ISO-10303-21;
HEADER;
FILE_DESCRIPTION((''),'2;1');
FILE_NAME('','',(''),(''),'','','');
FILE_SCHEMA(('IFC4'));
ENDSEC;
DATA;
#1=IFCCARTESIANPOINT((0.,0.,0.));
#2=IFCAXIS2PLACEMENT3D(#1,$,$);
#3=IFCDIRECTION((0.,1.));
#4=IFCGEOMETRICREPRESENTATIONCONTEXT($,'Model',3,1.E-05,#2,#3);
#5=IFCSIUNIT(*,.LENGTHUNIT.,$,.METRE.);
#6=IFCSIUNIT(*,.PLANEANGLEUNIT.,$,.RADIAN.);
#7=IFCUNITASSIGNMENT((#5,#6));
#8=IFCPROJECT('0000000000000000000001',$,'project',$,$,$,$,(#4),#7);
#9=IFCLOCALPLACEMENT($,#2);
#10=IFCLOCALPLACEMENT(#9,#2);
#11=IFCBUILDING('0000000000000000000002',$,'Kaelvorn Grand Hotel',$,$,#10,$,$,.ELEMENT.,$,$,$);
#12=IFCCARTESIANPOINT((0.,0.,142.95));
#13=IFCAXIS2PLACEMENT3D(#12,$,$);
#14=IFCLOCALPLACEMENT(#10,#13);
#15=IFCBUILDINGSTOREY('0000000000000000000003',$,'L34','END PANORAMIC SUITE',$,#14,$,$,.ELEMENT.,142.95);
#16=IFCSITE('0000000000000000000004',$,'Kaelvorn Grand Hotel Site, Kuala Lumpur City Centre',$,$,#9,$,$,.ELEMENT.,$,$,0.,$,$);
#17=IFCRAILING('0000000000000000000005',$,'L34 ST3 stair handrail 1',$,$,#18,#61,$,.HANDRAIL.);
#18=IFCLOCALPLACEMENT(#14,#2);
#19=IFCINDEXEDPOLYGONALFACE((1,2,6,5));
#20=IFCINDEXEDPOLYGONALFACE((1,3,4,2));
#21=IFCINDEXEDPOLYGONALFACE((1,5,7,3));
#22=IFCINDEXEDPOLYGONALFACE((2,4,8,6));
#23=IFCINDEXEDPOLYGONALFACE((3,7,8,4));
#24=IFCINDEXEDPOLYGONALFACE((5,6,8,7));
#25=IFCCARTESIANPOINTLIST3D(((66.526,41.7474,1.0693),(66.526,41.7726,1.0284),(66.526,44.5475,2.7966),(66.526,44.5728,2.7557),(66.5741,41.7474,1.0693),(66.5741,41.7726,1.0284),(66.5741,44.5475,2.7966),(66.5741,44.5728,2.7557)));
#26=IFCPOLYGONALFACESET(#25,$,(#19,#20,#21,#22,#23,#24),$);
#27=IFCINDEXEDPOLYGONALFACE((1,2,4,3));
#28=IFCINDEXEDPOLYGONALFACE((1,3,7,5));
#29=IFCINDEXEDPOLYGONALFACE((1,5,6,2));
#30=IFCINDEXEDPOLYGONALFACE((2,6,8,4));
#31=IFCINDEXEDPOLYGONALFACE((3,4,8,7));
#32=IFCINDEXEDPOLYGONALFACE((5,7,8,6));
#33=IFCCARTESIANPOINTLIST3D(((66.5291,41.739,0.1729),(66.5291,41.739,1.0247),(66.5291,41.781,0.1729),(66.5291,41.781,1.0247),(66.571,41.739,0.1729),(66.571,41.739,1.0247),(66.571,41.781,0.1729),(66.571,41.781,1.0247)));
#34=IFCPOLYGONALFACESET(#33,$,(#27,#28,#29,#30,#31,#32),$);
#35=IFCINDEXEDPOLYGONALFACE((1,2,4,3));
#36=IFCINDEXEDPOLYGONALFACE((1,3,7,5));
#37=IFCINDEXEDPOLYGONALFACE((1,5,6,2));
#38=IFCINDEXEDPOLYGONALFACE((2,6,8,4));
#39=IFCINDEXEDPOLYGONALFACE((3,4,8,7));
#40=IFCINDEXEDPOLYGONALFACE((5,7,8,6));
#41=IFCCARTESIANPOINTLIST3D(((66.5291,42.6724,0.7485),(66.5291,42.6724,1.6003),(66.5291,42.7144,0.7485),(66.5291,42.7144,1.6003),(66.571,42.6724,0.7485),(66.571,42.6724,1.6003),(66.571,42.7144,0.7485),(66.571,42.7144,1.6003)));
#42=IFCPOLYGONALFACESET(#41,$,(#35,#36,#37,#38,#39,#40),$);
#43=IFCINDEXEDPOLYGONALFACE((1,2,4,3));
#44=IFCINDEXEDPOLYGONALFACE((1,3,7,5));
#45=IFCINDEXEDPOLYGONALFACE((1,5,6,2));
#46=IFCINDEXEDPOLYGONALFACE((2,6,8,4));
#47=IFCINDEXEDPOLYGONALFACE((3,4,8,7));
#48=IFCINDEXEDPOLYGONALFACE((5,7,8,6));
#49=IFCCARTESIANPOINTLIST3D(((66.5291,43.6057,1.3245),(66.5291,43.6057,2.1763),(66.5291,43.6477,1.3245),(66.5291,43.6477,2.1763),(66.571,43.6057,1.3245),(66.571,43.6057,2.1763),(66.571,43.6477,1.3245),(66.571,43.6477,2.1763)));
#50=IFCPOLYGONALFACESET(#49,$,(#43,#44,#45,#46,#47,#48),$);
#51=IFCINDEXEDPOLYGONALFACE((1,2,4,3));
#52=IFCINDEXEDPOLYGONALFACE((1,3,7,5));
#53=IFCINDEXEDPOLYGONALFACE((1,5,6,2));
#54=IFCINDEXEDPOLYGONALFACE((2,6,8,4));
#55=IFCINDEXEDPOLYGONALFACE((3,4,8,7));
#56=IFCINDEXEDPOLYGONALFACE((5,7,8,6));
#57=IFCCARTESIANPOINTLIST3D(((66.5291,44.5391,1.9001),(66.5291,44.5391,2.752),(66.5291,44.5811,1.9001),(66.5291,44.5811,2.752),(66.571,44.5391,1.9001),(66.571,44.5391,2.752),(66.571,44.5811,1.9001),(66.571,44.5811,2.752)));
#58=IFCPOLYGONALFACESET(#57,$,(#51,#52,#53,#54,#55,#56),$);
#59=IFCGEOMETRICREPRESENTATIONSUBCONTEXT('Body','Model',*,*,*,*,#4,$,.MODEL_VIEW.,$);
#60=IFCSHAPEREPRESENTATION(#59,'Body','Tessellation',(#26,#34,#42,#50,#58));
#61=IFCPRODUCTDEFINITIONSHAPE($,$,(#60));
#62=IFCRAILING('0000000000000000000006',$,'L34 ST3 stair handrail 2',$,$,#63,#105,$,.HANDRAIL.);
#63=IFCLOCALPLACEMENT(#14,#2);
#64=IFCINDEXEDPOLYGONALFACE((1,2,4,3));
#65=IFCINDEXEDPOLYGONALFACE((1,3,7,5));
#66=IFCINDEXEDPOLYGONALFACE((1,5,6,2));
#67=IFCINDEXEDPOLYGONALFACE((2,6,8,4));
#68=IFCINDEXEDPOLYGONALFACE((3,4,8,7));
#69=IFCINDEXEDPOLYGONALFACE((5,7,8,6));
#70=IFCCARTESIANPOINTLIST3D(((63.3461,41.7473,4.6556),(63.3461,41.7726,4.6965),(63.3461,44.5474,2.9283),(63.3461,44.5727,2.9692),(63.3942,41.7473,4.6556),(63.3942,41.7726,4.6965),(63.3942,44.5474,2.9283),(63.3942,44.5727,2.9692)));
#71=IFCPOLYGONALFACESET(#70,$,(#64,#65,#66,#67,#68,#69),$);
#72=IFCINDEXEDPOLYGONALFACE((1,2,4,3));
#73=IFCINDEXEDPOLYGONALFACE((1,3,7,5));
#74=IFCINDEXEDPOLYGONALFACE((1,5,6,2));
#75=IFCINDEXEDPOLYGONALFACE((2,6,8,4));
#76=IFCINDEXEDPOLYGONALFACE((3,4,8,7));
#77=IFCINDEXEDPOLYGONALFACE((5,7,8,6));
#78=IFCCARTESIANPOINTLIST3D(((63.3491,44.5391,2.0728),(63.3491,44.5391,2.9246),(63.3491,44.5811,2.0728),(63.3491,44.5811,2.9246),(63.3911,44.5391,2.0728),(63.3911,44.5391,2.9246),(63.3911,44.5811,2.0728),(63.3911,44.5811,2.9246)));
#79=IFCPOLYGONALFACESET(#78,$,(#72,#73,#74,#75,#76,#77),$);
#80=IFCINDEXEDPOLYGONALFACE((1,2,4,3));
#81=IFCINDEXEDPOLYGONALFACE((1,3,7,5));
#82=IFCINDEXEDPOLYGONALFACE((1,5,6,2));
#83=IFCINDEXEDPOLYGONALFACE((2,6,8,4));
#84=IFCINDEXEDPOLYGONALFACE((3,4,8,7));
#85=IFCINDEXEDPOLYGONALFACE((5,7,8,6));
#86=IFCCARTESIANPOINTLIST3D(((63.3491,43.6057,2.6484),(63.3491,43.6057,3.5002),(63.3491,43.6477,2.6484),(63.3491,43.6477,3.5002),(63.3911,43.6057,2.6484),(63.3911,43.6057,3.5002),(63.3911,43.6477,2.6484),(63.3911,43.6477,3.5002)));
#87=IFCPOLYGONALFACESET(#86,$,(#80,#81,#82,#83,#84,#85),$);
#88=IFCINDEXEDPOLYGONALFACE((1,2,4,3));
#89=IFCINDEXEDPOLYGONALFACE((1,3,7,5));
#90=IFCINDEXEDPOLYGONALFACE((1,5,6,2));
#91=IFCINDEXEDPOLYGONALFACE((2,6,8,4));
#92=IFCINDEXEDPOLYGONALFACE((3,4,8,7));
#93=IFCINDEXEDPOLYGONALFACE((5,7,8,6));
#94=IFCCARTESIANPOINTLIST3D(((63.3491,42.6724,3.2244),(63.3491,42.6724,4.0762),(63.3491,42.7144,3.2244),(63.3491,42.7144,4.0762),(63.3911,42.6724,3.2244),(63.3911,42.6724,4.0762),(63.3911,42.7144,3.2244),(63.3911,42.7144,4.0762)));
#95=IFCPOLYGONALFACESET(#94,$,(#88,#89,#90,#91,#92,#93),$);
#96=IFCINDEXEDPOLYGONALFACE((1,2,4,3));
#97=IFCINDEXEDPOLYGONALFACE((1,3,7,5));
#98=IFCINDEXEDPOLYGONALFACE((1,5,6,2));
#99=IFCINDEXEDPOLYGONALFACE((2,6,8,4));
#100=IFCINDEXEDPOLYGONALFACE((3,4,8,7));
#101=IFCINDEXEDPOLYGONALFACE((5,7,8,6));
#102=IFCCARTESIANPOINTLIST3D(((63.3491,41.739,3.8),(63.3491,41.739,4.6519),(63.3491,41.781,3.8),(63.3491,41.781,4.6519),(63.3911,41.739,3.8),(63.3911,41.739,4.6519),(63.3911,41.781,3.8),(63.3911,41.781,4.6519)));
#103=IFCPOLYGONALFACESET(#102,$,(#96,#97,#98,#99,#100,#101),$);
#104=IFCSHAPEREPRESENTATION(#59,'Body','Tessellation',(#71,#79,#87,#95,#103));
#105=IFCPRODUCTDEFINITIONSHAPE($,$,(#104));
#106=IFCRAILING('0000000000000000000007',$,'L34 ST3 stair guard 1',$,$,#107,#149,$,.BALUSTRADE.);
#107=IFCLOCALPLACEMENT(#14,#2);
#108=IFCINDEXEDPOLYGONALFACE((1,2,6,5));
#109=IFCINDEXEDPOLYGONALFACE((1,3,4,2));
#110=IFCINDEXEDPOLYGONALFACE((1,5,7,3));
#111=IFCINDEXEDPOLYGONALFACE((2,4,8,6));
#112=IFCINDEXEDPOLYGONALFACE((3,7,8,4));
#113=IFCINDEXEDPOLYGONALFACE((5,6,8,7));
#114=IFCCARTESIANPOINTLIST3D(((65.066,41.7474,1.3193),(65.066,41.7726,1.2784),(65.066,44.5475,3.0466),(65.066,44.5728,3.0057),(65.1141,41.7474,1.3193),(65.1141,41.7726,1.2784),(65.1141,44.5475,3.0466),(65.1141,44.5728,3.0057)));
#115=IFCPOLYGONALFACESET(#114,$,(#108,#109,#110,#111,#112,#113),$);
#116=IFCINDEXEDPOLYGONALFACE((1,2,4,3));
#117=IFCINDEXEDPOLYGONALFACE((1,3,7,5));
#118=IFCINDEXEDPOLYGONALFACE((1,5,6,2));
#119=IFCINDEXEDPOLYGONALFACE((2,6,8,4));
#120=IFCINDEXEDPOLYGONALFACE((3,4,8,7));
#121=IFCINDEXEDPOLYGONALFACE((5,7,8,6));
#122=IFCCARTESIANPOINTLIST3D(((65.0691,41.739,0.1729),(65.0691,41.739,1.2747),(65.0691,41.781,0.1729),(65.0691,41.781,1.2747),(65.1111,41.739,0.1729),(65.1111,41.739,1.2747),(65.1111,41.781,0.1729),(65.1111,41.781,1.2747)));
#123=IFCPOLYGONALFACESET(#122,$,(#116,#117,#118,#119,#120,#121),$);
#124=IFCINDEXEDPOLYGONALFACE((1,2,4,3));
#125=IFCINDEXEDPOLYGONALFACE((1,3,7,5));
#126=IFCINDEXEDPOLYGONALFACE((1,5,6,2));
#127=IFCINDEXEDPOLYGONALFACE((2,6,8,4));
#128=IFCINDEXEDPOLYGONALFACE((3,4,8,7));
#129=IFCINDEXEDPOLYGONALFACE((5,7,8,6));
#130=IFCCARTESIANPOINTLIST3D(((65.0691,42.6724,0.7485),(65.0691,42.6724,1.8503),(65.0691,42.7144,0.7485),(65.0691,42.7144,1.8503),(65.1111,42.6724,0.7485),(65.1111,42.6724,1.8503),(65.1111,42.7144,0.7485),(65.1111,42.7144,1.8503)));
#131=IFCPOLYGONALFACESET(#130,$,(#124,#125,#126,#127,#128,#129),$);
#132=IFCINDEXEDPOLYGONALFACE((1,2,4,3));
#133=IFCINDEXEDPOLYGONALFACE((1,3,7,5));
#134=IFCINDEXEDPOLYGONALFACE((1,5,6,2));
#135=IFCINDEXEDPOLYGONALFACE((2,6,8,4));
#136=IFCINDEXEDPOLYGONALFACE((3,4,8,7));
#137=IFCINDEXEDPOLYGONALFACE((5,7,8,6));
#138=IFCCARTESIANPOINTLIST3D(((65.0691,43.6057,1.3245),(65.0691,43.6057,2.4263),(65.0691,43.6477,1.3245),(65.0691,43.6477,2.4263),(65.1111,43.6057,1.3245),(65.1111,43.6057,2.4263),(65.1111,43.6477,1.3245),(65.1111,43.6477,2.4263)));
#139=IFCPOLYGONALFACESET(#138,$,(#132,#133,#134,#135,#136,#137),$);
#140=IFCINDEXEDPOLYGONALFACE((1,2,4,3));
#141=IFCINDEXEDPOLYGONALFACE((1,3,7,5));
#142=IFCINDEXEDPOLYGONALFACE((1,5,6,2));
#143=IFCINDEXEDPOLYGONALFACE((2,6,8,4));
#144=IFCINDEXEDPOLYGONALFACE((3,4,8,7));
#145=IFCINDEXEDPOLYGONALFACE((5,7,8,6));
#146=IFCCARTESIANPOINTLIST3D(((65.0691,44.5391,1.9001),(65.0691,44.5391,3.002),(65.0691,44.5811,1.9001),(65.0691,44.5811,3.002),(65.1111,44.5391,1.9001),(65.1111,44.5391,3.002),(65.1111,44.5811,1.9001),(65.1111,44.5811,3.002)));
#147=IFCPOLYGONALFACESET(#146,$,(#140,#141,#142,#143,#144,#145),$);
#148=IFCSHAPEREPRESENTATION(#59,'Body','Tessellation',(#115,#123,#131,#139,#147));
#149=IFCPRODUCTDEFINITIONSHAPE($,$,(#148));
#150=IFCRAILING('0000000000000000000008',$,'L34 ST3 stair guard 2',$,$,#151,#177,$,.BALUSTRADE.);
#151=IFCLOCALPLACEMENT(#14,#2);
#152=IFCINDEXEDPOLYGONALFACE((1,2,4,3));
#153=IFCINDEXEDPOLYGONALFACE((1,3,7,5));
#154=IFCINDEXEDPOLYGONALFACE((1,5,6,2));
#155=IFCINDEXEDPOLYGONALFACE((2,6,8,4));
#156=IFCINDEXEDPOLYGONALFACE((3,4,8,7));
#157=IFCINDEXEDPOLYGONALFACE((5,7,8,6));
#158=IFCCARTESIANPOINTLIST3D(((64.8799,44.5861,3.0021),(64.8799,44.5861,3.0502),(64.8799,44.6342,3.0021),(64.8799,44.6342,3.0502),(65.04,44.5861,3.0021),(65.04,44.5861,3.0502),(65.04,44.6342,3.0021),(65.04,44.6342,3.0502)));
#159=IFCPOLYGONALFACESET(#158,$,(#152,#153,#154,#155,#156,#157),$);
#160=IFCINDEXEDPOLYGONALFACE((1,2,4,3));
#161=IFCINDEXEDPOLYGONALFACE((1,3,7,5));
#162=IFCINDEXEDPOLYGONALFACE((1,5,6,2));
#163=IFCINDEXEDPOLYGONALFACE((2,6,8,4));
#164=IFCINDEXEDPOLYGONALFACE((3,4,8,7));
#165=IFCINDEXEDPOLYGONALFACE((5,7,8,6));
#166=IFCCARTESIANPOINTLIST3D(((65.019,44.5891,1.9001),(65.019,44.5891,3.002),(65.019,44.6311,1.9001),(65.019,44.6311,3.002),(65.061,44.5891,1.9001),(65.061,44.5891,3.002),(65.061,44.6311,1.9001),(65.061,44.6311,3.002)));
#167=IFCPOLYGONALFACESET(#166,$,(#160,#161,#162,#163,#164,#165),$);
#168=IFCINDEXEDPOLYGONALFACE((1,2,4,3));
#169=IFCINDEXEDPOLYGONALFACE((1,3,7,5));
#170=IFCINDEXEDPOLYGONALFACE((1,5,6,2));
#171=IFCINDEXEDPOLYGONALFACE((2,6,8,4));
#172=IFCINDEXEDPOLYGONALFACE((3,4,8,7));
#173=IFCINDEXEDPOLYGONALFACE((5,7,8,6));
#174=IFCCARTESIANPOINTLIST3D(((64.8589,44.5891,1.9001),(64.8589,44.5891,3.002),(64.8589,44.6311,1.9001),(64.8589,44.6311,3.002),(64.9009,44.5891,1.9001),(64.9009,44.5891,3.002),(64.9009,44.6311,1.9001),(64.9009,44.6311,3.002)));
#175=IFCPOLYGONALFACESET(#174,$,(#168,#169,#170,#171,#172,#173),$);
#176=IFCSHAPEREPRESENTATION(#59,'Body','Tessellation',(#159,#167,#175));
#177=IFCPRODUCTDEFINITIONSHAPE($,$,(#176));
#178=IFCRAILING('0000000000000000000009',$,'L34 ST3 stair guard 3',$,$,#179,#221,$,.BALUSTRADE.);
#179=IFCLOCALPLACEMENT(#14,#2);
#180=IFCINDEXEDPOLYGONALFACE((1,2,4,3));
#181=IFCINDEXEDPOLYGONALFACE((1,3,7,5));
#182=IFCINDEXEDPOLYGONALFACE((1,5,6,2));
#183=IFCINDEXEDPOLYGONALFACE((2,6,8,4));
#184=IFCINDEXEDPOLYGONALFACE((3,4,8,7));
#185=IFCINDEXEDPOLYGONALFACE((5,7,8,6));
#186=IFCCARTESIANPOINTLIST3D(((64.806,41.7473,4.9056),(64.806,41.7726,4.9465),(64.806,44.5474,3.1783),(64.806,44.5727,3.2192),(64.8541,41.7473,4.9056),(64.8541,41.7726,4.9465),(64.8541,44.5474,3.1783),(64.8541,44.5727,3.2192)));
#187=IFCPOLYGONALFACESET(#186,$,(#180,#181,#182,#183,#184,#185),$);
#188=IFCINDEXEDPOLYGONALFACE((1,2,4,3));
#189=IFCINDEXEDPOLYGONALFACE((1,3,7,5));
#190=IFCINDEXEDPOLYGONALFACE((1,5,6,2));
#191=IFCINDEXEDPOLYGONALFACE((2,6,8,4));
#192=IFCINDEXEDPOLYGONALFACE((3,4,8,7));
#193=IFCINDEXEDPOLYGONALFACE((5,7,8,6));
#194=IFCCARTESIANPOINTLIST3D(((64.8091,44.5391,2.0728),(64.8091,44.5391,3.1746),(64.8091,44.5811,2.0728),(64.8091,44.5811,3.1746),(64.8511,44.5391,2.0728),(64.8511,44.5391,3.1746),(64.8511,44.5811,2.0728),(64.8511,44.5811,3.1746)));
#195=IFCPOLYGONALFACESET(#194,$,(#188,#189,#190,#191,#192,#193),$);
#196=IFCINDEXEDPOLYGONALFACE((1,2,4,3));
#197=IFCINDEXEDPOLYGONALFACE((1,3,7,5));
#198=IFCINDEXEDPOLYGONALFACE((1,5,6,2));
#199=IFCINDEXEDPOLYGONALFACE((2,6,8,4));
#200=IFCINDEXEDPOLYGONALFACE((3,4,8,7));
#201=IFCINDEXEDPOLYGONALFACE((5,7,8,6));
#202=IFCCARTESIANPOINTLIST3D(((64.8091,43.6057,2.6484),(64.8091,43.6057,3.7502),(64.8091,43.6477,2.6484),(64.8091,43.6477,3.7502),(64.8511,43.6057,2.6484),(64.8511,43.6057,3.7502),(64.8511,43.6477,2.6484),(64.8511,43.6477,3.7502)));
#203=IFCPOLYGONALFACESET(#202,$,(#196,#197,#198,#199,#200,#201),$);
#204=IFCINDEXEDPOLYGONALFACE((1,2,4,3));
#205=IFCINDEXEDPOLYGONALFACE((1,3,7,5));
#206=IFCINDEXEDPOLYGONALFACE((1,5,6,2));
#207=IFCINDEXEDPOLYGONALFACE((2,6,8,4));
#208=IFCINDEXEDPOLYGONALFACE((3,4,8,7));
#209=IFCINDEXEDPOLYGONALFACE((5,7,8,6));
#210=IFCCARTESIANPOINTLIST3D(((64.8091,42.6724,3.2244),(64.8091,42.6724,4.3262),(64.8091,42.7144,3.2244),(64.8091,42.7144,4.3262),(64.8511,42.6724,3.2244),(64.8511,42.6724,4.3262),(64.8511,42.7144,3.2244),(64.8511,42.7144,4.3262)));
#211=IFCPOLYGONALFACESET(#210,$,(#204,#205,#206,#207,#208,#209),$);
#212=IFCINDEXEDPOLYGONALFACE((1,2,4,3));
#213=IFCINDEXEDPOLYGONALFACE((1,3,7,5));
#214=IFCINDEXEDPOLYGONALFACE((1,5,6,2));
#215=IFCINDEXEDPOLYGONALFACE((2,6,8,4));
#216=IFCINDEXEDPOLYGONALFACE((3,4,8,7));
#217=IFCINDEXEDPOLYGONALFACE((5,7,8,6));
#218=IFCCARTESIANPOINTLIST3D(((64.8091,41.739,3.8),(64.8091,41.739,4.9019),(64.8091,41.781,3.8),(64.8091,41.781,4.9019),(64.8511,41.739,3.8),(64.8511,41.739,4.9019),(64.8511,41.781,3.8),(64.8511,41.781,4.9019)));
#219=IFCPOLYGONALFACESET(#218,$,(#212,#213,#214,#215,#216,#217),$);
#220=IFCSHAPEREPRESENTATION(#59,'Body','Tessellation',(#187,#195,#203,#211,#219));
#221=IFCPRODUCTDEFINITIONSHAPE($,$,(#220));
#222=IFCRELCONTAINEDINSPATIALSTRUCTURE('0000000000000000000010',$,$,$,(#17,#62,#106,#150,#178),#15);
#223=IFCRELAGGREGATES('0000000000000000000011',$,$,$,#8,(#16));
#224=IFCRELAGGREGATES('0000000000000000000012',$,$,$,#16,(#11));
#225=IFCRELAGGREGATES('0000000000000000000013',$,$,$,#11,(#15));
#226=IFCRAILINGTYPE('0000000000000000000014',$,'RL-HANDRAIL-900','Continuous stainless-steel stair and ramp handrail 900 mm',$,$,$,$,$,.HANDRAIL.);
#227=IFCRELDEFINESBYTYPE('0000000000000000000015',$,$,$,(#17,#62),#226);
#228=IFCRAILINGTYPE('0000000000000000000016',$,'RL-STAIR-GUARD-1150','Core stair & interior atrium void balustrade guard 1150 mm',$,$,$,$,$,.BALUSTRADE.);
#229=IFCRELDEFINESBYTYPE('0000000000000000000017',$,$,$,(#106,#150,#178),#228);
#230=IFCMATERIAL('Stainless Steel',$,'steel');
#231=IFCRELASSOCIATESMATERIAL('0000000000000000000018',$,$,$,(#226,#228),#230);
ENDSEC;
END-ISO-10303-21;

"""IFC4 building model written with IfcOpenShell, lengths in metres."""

from ifc_helpers import new_model, si_unit, direction, frame, origin, origin_2d, place, context, subcontext, project, spatial, rectangle, extrude, material, type_object, element, save


model = new_model("IFC4")

# Units and contexts
model_context = context("Model", 3, precision=1e-05, world=origin(), true_north=direction((0.0, 1.0)))
body_context = subcontext(model_context, "Body", "Model", "MODEL_VIEW")
ifc_project = project(units=[si_unit("LENGTHUNIT", "METRE"), si_unit("PLANEANGLEUNIT", "RADIAN")], contexts=[model_context])

# Site, building, storey
site_placement = place(None, origin())
site = spatial("IfcSite", under=ifc_project, at=site_placement, Name="Kaelvorn Grand Hotel Site, Kuala Lumpur City Centre", CompositionType="ELEMENT", RefElevation=0.0)
building_placement = place(site_placement, origin())
building = spatial("IfcBuilding", under=site, at=building_placement, Name="Kaelvorn Grand Hotel", CompositionType="ELEMENT")
storey_placement = place(building_placement, frame((0.0, 0.0, 142.95)))
storey = spatial("IfcBuildingStorey", under=building, at=storey_placement, Name="L34", Description="END PANORAMIC SUITE", CompositionType="ELEMENT", Elevation=142.95)

# Shared definitions
ifc_material_1 = material(Name="Stainless Steel", Category="steel")

# Railings
railing_type_1 = type_object("IfcRailingType", Name="RL-HANDRAIL-900", Description="Continuous stainless-steel stair and ramp handrail 900 mm", PredefinedType="HANDRAIL", material=ifc_material_1)
railing_1_placement = place(storey_placement, frame((66.55, 41.76, 0.1729)))
element("IfcRailing", 1, at=railing_1_placement, inside=storey, type_object=railing_type_1, Name="L34 ST3 stair handrail 1", PredefinedType="HANDRAIL", context=body_context, shape_type="SweptSolid", body=[
    extrude(rectangle(XDim=0.0481, YDim=0.0481, at=origin_2d()), frame((0.0, 0.0, 0.876), z_axis=(0.0, 0.85109, 0.52502), x_axis=(-1.0, 0.0, 0.0)), (0.0, 0.0, 1.0), 3.29),
    extrude(rectangle(XDim=0.042, YDim=0.042, at=origin_2d()), origin(), (0.0, 0.0, 1.0), 0.8518),
    extrude(rectangle(XDim=0.042, YDim=0.042, at=origin_2d()), frame((0.0, 0.9333, 0.5757)), (0.0, 0.0, 1.0), 0.8518),
    extrude(rectangle(XDim=0.042, YDim=0.042, at=origin_2d()), frame((0.0, 1.8667, 1.1516)), (0.0, 0.0, 1.0), 0.8518),
    extrude(rectangle(XDim=0.042, YDim=0.042, at=origin_2d()), frame((0.0, 2.8, 1.7273)), (0.0, 0.0, 1.0), 0.8518),
])
railing_2_placement = place(storey_placement, frame((63.3701, 44.5601, 2.0728)))
element("IfcRailing", 2, at=railing_2_placement, inside=storey, type_object=railing_type_1, Name="L34 ST3 stair handrail 2", PredefinedType="HANDRAIL", context=body_context, shape_type="SweptSolid", body=[
    extrude(rectangle(XDim=0.0481, YDim=0.0481, at=origin_2d()), frame((0.0, 0.0, 0.876), z_axis=(0.0, -0.85109, 0.52502), x_axis=(1.0, 0.0, 0.0)), (0.0, 0.0, 1.0), 3.29),
    extrude(rectangle(XDim=0.042, YDim=0.042, at=origin_2d()), origin(), (0.0, 0.0, 1.0), 0.8518),
    extrude(rectangle(XDim=0.042, YDim=0.042, at=origin_2d()), frame((0.0, -0.9333, 0.5757)), (0.0, 0.0, 1.0), 0.8518),
    extrude(rectangle(XDim=0.042, YDim=0.042, at=origin_2d()), frame((0.0, -1.8667, 1.1516)), (0.0, 0.0, 1.0), 0.8518),
    extrude(rectangle(XDim=0.042, YDim=0.042, at=origin_2d()), frame((0.0, -2.8, 1.7273)), (0.0, 0.0, 1.0), 0.8518),
])
railing_type_2 = type_object("IfcRailingType", Name="RL-STAIR-GUARD-1150", Description="Core stair & interior atrium void balustrade guard 1150 mm", PredefinedType="BALUSTRADE", material=ifc_material_1)
railing_3_placement = place(storey_placement, frame((65.0901, 41.76, 0.1729)))
element("IfcRailing", 3, at=railing_3_placement, inside=storey, type_object=railing_type_2, Name="L34 ST3 stair guard 1", PredefinedType="BALUSTRADE", context=body_context, shape_type="SweptSolid", body=[
    extrude(rectangle(XDim=0.0481, YDim=0.0481, at=origin_2d()), frame((0.0, 0.0, 1.126), z_axis=(0.0, 0.85109, 0.52502), x_axis=(-1.0, 0.0, 0.0)), (0.0, 0.0, 1.0), 3.29),
    extrude(rectangle(XDim=0.042, YDim=0.042, at=origin_2d()), origin(), (0.0, 0.0, 1.0), 1.1018),
    extrude(rectangle(XDim=0.042, YDim=0.042, at=origin_2d()), frame((0.0, 0.9333, 0.5757)), (0.0, 0.0, 1.0), 1.1018),
    extrude(rectangle(XDim=0.042, YDim=0.042, at=origin_2d()), frame((0.0, 1.8667, 1.1516)), (0.0, 0.0, 1.0), 1.1018),
    extrude(rectangle(XDim=0.042, YDim=0.042, at=origin_2d()), frame((0.0, 2.8, 1.7273)), (0.0, 0.0, 1.0), 1.1018),
])
railing_4_placement = place(storey_placement, frame((65.04, 44.6101, 1.9001)))
element("IfcRailing", 4, at=railing_4_placement, inside=storey, type_object=railing_type_2, Name="L34 ST3 stair guard 2", PredefinedType="BALUSTRADE", context=body_context, shape_type="SweptSolid", body=[
    extrude(rectangle(XDim=0.0481, YDim=0.0481, at=origin_2d()), frame((0.0, 0.0, 1.126), z_axis=(-1.0, 0.0, 0.0), x_axis=(0.0, -1.0, 0.0)), (0.0, 0.0, 1.0), 0.1602),
    extrude(rectangle(XDim=0.042, YDim=0.042, at=origin_2d()), origin(), (0.0, 0.0, 1.0), 1.1018),
    extrude(rectangle(XDim=0.042, YDim=0.042, at=origin_2d()), frame((-0.1602, 0.0, 0.0)), (0.0, 0.0, 1.0), 1.1018),
])
railing_5_placement = place(storey_placement, frame((64.8301, 44.5601, 2.0728)))
element("IfcRailing", 5, at=railing_5_placement, inside=storey, type_object=railing_type_2, Name="L34 ST3 stair guard 3", PredefinedType="BALUSTRADE", context=body_context, shape_type="SweptSolid", body=[
    extrude(rectangle(XDim=0.0481, YDim=0.0481, at=origin_2d()), frame((0.0, 0.0, 1.126), z_axis=(0.0, -0.85109, 0.52502), x_axis=(1.0, 0.0, 0.0)), (0.0, 0.0, 1.0), 3.29),
    extrude(rectangle(XDim=0.042, YDim=0.042, at=origin_2d()), origin(), (0.0, 0.0, 1.0), 1.1018),
    extrude(rectangle(XDim=0.042, YDim=0.042, at=origin_2d()), frame((0.0, -0.9333, 0.5757)), (0.0, 0.0, 1.0), 1.1018),
    extrude(rectangle(XDim=0.042, YDim=0.042, at=origin_2d()), frame((0.0, -1.8667, 1.1516)), (0.0, 0.0, 1.0), 1.1018),
    extrude(rectangle(XDim=0.042, YDim=0.042, at=origin_2d()), frame((0.0, -2.8, 1.7273)), (0.0, 0.0, 1.0), 1.1018),
])

save(model, "model.ifc")
